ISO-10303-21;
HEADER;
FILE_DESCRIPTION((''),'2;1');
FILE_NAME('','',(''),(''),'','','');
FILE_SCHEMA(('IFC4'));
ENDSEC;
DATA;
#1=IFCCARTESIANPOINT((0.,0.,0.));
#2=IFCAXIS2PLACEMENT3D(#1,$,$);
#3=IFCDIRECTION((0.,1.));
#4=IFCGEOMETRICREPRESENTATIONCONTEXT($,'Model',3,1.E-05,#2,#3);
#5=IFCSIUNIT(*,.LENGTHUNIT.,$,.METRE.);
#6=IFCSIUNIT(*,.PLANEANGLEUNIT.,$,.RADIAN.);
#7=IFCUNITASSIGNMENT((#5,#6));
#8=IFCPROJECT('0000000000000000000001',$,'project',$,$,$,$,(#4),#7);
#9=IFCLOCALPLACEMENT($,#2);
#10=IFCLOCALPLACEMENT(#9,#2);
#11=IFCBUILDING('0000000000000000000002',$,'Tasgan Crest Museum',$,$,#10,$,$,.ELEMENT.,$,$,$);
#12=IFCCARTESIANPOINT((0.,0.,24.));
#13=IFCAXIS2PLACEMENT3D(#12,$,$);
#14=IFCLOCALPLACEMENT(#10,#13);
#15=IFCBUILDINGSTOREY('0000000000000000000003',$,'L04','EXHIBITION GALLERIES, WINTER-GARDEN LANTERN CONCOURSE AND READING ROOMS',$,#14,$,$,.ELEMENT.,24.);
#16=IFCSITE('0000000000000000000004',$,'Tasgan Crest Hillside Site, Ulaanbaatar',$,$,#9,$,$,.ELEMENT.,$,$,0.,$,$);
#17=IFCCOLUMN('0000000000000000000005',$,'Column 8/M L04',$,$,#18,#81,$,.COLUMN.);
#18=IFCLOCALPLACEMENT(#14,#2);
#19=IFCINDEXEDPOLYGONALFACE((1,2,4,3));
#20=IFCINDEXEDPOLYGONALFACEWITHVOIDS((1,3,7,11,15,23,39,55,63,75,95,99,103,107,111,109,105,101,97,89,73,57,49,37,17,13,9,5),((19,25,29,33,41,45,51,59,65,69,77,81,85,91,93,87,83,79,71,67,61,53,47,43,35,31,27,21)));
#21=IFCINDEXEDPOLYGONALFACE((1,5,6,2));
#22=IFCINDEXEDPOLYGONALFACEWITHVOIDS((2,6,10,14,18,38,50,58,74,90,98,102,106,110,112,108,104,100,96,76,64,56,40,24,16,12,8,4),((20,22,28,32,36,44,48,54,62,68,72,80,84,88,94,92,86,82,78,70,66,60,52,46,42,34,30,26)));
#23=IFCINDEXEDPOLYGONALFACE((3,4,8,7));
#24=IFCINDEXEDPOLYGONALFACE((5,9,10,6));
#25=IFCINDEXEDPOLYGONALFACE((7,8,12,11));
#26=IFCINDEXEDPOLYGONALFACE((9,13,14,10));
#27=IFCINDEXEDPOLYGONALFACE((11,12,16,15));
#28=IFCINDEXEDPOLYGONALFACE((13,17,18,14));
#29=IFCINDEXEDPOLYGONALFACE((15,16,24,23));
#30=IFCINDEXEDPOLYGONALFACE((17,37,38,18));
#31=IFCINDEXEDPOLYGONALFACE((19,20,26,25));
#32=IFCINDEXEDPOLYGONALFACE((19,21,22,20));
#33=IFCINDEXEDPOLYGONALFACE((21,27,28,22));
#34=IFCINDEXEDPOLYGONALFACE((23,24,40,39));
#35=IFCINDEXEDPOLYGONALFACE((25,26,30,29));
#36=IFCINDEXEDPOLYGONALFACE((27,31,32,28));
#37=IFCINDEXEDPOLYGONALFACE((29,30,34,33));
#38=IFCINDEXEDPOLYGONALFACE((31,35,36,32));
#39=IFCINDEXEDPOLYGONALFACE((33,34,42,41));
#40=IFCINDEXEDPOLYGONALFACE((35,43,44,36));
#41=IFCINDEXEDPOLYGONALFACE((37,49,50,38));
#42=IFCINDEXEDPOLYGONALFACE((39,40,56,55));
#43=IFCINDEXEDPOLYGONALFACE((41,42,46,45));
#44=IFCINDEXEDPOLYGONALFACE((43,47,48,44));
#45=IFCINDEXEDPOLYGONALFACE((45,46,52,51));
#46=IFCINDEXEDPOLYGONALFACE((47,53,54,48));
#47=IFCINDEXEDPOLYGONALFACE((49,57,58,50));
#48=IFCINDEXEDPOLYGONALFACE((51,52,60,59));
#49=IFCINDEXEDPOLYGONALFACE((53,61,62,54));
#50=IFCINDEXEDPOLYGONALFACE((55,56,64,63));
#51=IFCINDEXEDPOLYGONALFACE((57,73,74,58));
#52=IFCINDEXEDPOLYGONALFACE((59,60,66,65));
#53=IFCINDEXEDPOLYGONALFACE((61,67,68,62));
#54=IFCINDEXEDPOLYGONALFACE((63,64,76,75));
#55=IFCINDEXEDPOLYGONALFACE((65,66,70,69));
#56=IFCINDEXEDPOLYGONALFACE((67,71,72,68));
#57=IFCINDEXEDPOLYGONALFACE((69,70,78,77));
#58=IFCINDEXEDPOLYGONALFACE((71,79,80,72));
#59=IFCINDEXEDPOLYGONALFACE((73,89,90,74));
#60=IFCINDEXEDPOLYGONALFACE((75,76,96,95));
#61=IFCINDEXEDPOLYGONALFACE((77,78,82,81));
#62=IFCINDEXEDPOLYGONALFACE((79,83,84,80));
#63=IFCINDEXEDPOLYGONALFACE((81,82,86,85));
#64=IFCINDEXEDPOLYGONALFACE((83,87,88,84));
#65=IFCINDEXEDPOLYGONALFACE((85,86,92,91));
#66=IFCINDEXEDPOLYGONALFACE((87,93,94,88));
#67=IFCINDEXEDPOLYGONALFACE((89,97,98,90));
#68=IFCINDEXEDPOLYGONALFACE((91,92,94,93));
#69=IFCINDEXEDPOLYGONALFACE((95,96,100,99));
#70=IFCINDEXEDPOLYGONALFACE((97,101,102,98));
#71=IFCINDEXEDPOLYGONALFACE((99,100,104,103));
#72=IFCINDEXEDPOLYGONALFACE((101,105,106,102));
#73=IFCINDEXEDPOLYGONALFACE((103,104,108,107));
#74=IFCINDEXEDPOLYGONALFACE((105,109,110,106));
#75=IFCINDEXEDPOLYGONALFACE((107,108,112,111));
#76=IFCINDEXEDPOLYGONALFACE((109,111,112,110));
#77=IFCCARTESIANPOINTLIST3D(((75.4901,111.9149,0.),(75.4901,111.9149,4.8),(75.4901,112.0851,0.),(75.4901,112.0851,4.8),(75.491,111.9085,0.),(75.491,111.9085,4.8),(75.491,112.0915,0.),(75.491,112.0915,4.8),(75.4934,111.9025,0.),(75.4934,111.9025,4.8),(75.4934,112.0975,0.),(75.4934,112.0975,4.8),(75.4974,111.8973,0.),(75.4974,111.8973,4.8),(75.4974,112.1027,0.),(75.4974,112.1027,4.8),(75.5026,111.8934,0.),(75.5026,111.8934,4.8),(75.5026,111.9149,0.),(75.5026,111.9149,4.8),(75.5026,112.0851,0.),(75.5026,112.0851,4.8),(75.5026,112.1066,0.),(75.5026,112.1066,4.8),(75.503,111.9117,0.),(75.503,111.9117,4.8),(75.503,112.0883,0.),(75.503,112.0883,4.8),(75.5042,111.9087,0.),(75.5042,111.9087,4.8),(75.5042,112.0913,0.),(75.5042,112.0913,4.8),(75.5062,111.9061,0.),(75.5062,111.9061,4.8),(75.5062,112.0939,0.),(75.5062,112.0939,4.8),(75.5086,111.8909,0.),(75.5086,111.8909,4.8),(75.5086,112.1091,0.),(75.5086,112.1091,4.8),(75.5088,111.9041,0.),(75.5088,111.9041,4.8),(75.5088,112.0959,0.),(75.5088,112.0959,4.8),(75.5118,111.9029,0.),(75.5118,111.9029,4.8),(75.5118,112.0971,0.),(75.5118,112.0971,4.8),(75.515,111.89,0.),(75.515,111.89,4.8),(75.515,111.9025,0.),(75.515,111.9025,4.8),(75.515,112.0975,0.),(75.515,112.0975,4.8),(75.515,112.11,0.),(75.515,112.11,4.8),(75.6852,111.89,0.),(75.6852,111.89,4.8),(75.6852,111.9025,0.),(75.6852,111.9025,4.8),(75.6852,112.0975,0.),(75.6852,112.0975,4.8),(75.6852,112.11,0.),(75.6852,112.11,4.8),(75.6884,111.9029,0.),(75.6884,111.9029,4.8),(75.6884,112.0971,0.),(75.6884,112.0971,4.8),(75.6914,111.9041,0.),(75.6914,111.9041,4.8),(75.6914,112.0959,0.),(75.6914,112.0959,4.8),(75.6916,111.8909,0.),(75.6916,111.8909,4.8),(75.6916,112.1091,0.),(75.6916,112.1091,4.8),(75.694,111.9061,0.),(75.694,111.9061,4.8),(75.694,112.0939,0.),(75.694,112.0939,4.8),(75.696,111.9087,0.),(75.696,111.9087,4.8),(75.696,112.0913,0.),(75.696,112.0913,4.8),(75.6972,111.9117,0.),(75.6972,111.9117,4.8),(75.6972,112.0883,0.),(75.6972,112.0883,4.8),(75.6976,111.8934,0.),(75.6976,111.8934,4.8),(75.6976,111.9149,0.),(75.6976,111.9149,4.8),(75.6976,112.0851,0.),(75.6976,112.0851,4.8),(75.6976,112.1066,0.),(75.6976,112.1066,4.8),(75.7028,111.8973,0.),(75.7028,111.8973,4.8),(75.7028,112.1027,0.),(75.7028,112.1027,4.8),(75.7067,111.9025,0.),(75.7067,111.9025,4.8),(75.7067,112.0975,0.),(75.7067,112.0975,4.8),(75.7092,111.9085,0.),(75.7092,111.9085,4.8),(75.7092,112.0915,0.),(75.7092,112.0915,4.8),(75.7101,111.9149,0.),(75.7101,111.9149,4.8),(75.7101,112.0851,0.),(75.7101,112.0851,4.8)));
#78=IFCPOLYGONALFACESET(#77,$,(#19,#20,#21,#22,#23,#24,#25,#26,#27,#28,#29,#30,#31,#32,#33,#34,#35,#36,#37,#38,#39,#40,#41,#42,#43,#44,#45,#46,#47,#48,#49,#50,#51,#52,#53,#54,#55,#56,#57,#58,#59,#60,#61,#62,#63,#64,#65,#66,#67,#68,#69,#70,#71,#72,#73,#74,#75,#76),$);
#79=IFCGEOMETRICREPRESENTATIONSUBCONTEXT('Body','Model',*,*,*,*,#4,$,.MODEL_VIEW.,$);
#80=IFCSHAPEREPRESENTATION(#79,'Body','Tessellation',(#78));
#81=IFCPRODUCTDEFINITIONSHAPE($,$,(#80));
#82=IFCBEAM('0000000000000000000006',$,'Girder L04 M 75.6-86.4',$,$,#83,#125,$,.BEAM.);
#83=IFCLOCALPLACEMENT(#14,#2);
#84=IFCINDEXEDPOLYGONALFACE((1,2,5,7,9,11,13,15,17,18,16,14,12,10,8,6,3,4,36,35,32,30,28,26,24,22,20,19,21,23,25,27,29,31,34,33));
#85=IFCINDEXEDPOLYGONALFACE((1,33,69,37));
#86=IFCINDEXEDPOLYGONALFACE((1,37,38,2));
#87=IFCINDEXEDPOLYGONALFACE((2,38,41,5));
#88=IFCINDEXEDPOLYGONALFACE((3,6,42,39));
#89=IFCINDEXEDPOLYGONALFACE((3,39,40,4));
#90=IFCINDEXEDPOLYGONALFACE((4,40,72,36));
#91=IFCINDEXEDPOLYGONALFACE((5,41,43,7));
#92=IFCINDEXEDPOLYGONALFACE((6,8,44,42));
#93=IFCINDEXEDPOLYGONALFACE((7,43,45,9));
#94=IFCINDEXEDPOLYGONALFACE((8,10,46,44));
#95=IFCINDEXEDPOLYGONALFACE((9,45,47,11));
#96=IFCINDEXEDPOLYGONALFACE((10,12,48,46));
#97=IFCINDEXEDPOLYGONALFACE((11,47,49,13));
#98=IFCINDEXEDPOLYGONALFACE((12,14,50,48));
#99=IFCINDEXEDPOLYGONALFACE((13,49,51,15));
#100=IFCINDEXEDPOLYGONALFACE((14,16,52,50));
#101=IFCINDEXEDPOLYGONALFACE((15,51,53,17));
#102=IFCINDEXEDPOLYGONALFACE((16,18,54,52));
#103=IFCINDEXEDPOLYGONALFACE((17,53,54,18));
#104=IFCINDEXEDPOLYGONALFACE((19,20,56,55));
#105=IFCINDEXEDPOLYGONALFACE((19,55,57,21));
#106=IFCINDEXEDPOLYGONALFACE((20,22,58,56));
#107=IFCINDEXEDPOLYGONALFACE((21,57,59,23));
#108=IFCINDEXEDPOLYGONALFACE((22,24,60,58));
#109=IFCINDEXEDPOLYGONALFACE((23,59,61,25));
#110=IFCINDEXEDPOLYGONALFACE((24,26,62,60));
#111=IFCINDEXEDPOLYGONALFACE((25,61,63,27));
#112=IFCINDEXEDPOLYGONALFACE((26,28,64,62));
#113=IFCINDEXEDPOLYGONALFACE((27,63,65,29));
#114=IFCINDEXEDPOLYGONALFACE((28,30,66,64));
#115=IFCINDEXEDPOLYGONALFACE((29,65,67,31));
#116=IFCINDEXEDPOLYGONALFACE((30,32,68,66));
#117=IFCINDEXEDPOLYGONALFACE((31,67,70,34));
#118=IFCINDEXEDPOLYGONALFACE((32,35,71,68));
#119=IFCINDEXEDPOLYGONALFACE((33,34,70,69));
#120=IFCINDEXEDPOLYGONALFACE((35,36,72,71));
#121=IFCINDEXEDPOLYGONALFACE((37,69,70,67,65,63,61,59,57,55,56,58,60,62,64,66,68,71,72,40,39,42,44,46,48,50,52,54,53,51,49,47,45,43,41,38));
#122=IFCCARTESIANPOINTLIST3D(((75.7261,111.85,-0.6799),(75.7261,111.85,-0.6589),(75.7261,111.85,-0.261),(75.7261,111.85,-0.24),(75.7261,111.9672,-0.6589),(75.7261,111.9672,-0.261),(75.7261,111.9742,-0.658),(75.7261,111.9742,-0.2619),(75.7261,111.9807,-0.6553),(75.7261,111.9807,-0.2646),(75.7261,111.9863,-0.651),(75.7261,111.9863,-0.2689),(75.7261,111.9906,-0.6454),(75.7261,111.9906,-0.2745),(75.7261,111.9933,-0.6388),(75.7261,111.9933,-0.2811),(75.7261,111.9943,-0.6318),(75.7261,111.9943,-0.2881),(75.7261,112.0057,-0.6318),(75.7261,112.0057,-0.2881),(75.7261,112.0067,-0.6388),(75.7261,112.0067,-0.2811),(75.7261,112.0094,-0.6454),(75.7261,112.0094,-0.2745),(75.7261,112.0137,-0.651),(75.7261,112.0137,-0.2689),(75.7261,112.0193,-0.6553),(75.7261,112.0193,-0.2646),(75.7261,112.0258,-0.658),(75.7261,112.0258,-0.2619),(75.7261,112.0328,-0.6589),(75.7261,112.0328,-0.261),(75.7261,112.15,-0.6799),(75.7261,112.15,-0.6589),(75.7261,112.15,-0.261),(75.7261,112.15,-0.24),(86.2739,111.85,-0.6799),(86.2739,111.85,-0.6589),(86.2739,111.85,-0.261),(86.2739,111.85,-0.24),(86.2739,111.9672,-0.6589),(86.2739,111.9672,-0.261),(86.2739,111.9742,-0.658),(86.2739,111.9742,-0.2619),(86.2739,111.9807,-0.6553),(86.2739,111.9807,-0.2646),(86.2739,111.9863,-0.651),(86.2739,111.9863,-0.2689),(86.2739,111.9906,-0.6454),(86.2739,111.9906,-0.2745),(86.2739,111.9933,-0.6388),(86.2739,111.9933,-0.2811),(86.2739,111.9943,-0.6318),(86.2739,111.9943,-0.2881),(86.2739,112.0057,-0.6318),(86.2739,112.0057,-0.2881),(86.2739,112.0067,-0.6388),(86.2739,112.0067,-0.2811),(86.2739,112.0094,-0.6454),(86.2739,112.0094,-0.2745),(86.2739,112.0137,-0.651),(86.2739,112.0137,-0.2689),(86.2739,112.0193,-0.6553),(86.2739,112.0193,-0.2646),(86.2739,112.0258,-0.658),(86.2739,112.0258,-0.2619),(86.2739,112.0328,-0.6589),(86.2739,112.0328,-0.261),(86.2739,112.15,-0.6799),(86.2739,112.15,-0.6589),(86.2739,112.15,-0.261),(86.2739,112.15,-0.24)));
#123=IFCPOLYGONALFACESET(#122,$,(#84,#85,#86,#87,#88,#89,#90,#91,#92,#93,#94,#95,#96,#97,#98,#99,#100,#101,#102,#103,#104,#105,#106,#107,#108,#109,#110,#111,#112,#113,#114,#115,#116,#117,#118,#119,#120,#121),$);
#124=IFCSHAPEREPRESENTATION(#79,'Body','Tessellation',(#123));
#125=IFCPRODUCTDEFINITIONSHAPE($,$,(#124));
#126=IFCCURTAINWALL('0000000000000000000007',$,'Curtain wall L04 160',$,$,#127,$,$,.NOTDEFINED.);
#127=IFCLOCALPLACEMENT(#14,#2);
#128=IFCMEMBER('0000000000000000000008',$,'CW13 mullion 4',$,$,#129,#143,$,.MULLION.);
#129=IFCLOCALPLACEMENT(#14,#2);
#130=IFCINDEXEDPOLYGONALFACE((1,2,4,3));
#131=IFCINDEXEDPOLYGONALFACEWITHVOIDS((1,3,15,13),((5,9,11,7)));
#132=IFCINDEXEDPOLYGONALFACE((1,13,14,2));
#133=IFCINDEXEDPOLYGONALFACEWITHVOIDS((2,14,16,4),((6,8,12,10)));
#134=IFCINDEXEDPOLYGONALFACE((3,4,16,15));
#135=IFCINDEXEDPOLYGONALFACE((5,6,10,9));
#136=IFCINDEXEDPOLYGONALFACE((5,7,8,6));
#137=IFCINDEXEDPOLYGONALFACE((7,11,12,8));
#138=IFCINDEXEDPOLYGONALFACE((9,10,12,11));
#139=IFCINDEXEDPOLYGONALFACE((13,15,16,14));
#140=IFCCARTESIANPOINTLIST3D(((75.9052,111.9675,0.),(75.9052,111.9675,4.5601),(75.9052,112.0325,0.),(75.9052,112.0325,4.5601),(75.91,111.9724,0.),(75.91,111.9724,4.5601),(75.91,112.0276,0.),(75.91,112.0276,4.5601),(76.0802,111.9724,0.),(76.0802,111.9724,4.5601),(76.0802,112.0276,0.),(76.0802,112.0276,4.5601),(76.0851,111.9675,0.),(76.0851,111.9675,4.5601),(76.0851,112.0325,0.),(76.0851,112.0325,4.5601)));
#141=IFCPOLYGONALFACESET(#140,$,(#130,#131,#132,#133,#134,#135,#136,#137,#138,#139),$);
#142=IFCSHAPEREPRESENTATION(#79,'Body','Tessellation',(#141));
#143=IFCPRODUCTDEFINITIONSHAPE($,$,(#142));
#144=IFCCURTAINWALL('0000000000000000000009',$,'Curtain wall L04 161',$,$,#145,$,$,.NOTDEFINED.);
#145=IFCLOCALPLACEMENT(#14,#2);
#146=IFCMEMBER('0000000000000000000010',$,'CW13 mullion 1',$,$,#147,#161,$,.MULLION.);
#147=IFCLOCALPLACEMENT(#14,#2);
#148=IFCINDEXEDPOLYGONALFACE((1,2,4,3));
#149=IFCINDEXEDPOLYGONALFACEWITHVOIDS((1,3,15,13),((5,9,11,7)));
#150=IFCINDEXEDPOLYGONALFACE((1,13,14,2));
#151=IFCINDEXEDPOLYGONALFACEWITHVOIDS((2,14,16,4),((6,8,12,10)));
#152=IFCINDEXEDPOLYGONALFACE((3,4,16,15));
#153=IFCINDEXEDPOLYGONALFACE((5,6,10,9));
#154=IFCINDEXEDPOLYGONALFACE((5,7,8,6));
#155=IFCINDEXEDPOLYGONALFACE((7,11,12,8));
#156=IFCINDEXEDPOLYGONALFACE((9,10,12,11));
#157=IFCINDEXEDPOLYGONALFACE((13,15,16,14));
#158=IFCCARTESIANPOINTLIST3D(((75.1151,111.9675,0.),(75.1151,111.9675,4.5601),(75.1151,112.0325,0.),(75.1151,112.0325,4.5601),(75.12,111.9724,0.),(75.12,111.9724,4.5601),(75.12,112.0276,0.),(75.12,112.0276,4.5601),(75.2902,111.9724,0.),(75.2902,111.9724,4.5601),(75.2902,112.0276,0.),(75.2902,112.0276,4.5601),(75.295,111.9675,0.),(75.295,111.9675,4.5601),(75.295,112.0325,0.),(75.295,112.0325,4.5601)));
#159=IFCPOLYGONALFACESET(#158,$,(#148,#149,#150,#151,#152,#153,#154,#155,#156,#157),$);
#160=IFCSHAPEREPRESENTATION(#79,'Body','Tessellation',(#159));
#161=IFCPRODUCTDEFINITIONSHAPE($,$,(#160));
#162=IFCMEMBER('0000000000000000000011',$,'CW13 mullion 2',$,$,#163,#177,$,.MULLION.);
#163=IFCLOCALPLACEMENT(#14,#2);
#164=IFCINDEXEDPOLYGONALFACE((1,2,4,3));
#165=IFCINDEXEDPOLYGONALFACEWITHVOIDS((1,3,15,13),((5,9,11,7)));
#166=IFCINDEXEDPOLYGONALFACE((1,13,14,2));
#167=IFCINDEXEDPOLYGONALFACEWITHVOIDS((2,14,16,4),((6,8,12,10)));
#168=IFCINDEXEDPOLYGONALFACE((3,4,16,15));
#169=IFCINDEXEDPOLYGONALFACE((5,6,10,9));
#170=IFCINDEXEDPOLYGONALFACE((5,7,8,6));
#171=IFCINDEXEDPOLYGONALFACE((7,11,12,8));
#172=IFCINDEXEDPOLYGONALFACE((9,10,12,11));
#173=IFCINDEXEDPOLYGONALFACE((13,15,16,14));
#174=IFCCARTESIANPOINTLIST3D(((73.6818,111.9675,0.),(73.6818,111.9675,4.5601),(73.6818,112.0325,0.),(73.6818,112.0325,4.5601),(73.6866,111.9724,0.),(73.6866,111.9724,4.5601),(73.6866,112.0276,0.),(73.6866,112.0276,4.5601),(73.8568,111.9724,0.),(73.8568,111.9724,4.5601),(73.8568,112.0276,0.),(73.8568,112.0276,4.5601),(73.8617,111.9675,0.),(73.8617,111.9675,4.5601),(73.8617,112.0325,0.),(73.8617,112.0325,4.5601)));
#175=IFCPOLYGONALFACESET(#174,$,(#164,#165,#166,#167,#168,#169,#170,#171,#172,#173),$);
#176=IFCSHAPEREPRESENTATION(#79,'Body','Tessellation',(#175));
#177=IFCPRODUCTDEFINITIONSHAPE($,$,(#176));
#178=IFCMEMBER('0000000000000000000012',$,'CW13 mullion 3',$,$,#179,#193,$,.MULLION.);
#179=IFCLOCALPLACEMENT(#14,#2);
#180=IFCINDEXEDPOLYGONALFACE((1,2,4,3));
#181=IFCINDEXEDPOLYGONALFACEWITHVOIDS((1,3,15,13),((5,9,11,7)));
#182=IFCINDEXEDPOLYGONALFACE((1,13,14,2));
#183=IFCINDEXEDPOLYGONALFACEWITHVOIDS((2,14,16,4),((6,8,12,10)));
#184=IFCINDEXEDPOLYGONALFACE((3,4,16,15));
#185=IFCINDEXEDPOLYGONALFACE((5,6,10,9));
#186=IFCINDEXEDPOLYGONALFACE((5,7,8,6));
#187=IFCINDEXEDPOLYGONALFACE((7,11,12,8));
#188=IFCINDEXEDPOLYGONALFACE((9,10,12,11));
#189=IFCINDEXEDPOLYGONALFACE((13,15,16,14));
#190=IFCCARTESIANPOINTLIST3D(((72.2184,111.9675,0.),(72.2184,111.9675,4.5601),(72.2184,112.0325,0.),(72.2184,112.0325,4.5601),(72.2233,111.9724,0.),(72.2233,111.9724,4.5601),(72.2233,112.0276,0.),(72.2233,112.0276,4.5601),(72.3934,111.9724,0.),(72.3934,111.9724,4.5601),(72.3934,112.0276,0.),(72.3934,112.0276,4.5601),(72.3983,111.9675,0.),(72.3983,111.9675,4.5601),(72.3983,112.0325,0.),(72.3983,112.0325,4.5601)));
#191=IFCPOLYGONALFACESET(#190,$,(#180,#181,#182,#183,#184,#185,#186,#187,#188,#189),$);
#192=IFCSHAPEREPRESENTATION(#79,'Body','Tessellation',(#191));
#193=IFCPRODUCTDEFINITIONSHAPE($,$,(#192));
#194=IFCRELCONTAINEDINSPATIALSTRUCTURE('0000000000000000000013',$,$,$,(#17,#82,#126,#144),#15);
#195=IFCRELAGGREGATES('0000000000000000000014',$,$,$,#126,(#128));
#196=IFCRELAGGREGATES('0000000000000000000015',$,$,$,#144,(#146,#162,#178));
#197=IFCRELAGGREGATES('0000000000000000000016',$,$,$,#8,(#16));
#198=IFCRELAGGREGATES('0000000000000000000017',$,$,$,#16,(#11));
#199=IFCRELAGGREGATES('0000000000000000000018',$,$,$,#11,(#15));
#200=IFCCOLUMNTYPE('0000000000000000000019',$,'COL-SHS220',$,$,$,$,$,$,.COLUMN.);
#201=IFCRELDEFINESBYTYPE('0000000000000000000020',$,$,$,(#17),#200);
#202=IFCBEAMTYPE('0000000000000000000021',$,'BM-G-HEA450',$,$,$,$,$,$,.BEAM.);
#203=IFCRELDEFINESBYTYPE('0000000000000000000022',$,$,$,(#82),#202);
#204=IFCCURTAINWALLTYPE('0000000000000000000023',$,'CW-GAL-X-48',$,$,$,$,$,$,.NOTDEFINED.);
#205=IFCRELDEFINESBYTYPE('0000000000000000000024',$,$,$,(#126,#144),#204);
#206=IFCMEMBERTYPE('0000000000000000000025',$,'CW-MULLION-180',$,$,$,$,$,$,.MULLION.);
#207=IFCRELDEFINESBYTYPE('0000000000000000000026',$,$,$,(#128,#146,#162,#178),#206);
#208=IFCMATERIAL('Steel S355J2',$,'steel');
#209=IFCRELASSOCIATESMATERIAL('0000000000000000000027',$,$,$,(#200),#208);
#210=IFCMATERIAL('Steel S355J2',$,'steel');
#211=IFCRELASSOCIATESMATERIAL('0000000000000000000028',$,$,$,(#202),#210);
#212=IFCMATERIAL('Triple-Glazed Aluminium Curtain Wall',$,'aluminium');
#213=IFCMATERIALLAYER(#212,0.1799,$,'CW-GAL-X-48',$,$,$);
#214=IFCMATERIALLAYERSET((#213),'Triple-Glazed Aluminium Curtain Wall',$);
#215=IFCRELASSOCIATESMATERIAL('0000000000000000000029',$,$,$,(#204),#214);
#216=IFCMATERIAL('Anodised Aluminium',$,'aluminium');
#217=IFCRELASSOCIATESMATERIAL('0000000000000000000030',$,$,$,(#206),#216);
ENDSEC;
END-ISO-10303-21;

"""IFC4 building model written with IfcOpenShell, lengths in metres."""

from ifc_helpers import new_model, si_unit, direction, frame, origin, origin_2d, place, context, subcontext, project, spatial, hollow_rectangle, i_section, extrude, material, layer, layer_set, material_profile, profile_set, type_object, element, aggregate, save


model = new_model("IFC4")

# Units and contexts
model_context = context("Model", 3, precision=1e-05, world=origin(), true_north=direction((0.0, 1.0)))
body_context = subcontext(model_context, "Body", "Model", "MODEL_VIEW")
ifc_project = project(units=[si_unit("LENGTHUNIT", "METRE"), si_unit("PLANEANGLEUNIT", "RADIAN")], contexts=[model_context])

# Site, building, storey
site_placement = place(None, origin())
site = spatial("IfcSite", under=ifc_project, at=site_placement, Name="Tasgan Crest Hillside Site, Ulaanbaatar", CompositionType="ELEMENT", RefElevation=0.0)
building_placement = place(site_placement, origin())
building = spatial("IfcBuilding", under=site, at=building_placement, Name="Tasgan Crest Museum", CompositionType="ELEMENT")
storey_placement = place(building_placement, frame((0.0, 0.0, 24.0)))
storey = spatial("IfcBuildingStorey", under=building, at=storey_placement, Name="L04", Description="EXHIBITION GALLERIES, WINTER-GARDEN LANTERN CONCOURSE AND READING ROOMS", CompositionType="ELEMENT", Elevation=24.0)

# Column
ifc_material_1 = material(Name="Steel S355J2", Category="steel")
ifc_material_profile_1 = material_profile(ifc_material_1, hollow_rectangle(XDim=0.22, YDim=0.22, WallThickness=0.0125, InnerFilletRadius=0.0125, OuterFilletRadius=0.0249, at=origin_2d()), Name="SHS 220x220x12.5")
ifc_profile_set_1 = profile_set([ifc_material_profile_1], Name="Steel S355J2")
column_type = type_object("IfcColumnType", Name="COL-SHS220", PredefinedType="COLUMN", material=ifc_profile_set_1)
column_placement = place(storey_placement, frame((75.6001, 112.0, 0.0), z_axis=(0.0, 0.0, 1.0), x_axis=(1.0, 0.0, 0.0)))
element("IfcColumn", 1, at=column_placement, inside=storey, type_object=column_type, Name="Column 8/M L04", PredefinedType="COLUMN", context=body_context, shape_type="SweptSolid", body=[
    extrude(hollow_rectangle(XDim=0.22, YDim=0.22, WallThickness=0.0125, InnerFilletRadius=0.0125, OuterFilletRadius=0.0249, at=origin_2d()), origin(), (0.0, 0.0, 1.0), 4.8),
])

# Beam
ifc_material_2 = material(Name="Steel S355J2", Category="steel")
ifc_material_profile_2 = material_profile(ifc_material_2, i_section(OverallWidth=0.3, OverallDepth=0.4399, WebThickness=0.0115, FlangeThickness=0.021, FilletRadius=0.0271, at=origin_2d()), Name="HEA 450")
ifc_profile_set_2 = profile_set([ifc_material_profile_2], Name="Steel S355J2")
beam_type = type_object("IfcBeamType", Name="BM-G-HEA450", PredefinedType="BEAM", material=ifc_profile_set_2)
beam_placement = place(storey_placement, frame((75.7261, 112.0, -0.46), z_axis=(1.0, 0.0, 0.0), x_axis=(0.0, 1.0, 0.0)))
element("IfcBeam", 2, at=beam_placement, inside=storey, type_object=beam_type, Name="Girder L04 M 75.6-86.4", PredefinedType="BEAM", context=body_context, shape_type="SweptSolid", body=[
    extrude(i_section(OverallWidth=0.3, OverallDepth=0.4399, WebThickness=0.0115, FlangeThickness=0.021, FilletRadius=0.0271, at=origin_2d()), origin(), (0.0, 0.0, 1.0), 10.5479),
])

# Curtain wall, member
ifc_material_3 = material(Name="Triple-Glazed Aluminium Curtain Wall", Category="aluminium")
ifc_layer_1 = layer(ifc_material_3, 0.1799, Name="CW-GAL-X-48")
ifc_layer_set_1 = layer_set([ifc_layer_1], Name="Triple-Glazed Aluminium Curtain Wall")
curtain_wall_type = type_object("IfcCurtainWallType", Name="CW-GAL-X-48", PredefinedType="NOTDEFINED", material=ifc_layer_set_1)
curtain_wall_1_placement = place(storey_placement, origin())
curtain_wall_1 = element("IfcCurtainWall", 3, at=curtain_wall_1_placement, inside=storey, type_object=curtain_wall_type, Name="Curtain wall L04 160", PredefinedType="NOTDEFINED")
ifc_material_4 = material(Name="Anodised Aluminium", Category="aluminium")
ifc_material_profile_3 = material_profile(ifc_material_4, hollow_rectangle(XDim=0.0649, YDim=0.1799, WallThickness=0.0049, at=origin_2d()), Name="ALU MULLION 180x65x5")
ifc_profile_set_3 = profile_set([ifc_material_profile_3], Name="Anodised Aluminium")
member_type_1 = type_object("IfcMemberType", Name="CW-MULLION-180", PredefinedType="MULLION", material=ifc_profile_set_3)
member_1_placement = place(storey_placement, frame((75.9951, 112.0, 0.0), z_axis=(0.0, 0.0, 1.0), x_axis=(0.0, -1.0, 0.0)))
member_1 = element("IfcMember", 4, at=member_1_placement, type_object=member_type_1, Name="CW13 mullion 4", PredefinedType="MULLION", context=body_context, shape_type="SweptSolid", body=[
    extrude(hollow_rectangle(XDim=0.0649, YDim=0.1799, WallThickness=0.0049, at=origin_2d()), origin(), (0.0, 0.0, 1.0), 4.5601),
])

# Curtain wall, members
curtain_wall_2_placement = place(storey_placement, origin())
curtain_wall_2 = element("IfcCurtainWall", 5, at=curtain_wall_2_placement, inside=storey, type_object=curtain_wall_type, Name="Curtain wall L04 161", PredefinedType="NOTDEFINED")
member_2_placement = place(storey_placement, frame((75.2051, 112.0, 0.0), z_axis=(0.0, 0.0, 1.0), x_axis=(0.0, -1.0, 0.0)))
member_2 = element("IfcMember", 6, at=member_2_placement, type_object=member_type_1, Name="CW13 mullion 1", PredefinedType="MULLION", context=body_context, shape_type="SweptSolid", body=[
    extrude(hollow_rectangle(XDim=0.0649, YDim=0.1799, WallThickness=0.0049, at=origin_2d()), origin(), (0.0, 0.0, 1.0), 4.5601),
])
member_3_placement = place(storey_placement, frame((73.7717, 112.0, 0.0), z_axis=(0.0, 0.0, 1.0), x_axis=(0.0, -1.0, 0.0)))
member_3 = element("IfcMember", 7, at=member_3_placement, type_object=member_type_1, Name="CW13 mullion 2", PredefinedType="MULLION", context=body_context, shape_type="SweptSolid", body=[
    extrude(hollow_rectangle(XDim=0.0649, YDim=0.1799, WallThickness=0.0049, at=origin_2d()), origin(), (0.0, 0.0, 1.0), 4.5601),
])
member_4_placement = place(storey_placement, frame((72.3083, 112.0, 0.0), z_axis=(0.0, 0.0, 1.0), x_axis=(0.0, -1.0, 0.0)))
member_4 = element("IfcMember", 8, at=member_4_placement, type_object=member_type_1, Name="CW13 mullion 3", PredefinedType="MULLION", context=body_context, shape_type="SweptSolid", body=[
    extrude(hollow_rectangle(XDim=0.0649, YDim=0.1799, WallThickness=0.0049, at=origin_2d()), origin(), (0.0, 0.0, 1.0), 4.5601),
])

aggregate(curtain_wall_1, [member_1])
aggregate(curtain_wall_2, [member_2, member_3, member_4])

save(model, "model.ifc")
